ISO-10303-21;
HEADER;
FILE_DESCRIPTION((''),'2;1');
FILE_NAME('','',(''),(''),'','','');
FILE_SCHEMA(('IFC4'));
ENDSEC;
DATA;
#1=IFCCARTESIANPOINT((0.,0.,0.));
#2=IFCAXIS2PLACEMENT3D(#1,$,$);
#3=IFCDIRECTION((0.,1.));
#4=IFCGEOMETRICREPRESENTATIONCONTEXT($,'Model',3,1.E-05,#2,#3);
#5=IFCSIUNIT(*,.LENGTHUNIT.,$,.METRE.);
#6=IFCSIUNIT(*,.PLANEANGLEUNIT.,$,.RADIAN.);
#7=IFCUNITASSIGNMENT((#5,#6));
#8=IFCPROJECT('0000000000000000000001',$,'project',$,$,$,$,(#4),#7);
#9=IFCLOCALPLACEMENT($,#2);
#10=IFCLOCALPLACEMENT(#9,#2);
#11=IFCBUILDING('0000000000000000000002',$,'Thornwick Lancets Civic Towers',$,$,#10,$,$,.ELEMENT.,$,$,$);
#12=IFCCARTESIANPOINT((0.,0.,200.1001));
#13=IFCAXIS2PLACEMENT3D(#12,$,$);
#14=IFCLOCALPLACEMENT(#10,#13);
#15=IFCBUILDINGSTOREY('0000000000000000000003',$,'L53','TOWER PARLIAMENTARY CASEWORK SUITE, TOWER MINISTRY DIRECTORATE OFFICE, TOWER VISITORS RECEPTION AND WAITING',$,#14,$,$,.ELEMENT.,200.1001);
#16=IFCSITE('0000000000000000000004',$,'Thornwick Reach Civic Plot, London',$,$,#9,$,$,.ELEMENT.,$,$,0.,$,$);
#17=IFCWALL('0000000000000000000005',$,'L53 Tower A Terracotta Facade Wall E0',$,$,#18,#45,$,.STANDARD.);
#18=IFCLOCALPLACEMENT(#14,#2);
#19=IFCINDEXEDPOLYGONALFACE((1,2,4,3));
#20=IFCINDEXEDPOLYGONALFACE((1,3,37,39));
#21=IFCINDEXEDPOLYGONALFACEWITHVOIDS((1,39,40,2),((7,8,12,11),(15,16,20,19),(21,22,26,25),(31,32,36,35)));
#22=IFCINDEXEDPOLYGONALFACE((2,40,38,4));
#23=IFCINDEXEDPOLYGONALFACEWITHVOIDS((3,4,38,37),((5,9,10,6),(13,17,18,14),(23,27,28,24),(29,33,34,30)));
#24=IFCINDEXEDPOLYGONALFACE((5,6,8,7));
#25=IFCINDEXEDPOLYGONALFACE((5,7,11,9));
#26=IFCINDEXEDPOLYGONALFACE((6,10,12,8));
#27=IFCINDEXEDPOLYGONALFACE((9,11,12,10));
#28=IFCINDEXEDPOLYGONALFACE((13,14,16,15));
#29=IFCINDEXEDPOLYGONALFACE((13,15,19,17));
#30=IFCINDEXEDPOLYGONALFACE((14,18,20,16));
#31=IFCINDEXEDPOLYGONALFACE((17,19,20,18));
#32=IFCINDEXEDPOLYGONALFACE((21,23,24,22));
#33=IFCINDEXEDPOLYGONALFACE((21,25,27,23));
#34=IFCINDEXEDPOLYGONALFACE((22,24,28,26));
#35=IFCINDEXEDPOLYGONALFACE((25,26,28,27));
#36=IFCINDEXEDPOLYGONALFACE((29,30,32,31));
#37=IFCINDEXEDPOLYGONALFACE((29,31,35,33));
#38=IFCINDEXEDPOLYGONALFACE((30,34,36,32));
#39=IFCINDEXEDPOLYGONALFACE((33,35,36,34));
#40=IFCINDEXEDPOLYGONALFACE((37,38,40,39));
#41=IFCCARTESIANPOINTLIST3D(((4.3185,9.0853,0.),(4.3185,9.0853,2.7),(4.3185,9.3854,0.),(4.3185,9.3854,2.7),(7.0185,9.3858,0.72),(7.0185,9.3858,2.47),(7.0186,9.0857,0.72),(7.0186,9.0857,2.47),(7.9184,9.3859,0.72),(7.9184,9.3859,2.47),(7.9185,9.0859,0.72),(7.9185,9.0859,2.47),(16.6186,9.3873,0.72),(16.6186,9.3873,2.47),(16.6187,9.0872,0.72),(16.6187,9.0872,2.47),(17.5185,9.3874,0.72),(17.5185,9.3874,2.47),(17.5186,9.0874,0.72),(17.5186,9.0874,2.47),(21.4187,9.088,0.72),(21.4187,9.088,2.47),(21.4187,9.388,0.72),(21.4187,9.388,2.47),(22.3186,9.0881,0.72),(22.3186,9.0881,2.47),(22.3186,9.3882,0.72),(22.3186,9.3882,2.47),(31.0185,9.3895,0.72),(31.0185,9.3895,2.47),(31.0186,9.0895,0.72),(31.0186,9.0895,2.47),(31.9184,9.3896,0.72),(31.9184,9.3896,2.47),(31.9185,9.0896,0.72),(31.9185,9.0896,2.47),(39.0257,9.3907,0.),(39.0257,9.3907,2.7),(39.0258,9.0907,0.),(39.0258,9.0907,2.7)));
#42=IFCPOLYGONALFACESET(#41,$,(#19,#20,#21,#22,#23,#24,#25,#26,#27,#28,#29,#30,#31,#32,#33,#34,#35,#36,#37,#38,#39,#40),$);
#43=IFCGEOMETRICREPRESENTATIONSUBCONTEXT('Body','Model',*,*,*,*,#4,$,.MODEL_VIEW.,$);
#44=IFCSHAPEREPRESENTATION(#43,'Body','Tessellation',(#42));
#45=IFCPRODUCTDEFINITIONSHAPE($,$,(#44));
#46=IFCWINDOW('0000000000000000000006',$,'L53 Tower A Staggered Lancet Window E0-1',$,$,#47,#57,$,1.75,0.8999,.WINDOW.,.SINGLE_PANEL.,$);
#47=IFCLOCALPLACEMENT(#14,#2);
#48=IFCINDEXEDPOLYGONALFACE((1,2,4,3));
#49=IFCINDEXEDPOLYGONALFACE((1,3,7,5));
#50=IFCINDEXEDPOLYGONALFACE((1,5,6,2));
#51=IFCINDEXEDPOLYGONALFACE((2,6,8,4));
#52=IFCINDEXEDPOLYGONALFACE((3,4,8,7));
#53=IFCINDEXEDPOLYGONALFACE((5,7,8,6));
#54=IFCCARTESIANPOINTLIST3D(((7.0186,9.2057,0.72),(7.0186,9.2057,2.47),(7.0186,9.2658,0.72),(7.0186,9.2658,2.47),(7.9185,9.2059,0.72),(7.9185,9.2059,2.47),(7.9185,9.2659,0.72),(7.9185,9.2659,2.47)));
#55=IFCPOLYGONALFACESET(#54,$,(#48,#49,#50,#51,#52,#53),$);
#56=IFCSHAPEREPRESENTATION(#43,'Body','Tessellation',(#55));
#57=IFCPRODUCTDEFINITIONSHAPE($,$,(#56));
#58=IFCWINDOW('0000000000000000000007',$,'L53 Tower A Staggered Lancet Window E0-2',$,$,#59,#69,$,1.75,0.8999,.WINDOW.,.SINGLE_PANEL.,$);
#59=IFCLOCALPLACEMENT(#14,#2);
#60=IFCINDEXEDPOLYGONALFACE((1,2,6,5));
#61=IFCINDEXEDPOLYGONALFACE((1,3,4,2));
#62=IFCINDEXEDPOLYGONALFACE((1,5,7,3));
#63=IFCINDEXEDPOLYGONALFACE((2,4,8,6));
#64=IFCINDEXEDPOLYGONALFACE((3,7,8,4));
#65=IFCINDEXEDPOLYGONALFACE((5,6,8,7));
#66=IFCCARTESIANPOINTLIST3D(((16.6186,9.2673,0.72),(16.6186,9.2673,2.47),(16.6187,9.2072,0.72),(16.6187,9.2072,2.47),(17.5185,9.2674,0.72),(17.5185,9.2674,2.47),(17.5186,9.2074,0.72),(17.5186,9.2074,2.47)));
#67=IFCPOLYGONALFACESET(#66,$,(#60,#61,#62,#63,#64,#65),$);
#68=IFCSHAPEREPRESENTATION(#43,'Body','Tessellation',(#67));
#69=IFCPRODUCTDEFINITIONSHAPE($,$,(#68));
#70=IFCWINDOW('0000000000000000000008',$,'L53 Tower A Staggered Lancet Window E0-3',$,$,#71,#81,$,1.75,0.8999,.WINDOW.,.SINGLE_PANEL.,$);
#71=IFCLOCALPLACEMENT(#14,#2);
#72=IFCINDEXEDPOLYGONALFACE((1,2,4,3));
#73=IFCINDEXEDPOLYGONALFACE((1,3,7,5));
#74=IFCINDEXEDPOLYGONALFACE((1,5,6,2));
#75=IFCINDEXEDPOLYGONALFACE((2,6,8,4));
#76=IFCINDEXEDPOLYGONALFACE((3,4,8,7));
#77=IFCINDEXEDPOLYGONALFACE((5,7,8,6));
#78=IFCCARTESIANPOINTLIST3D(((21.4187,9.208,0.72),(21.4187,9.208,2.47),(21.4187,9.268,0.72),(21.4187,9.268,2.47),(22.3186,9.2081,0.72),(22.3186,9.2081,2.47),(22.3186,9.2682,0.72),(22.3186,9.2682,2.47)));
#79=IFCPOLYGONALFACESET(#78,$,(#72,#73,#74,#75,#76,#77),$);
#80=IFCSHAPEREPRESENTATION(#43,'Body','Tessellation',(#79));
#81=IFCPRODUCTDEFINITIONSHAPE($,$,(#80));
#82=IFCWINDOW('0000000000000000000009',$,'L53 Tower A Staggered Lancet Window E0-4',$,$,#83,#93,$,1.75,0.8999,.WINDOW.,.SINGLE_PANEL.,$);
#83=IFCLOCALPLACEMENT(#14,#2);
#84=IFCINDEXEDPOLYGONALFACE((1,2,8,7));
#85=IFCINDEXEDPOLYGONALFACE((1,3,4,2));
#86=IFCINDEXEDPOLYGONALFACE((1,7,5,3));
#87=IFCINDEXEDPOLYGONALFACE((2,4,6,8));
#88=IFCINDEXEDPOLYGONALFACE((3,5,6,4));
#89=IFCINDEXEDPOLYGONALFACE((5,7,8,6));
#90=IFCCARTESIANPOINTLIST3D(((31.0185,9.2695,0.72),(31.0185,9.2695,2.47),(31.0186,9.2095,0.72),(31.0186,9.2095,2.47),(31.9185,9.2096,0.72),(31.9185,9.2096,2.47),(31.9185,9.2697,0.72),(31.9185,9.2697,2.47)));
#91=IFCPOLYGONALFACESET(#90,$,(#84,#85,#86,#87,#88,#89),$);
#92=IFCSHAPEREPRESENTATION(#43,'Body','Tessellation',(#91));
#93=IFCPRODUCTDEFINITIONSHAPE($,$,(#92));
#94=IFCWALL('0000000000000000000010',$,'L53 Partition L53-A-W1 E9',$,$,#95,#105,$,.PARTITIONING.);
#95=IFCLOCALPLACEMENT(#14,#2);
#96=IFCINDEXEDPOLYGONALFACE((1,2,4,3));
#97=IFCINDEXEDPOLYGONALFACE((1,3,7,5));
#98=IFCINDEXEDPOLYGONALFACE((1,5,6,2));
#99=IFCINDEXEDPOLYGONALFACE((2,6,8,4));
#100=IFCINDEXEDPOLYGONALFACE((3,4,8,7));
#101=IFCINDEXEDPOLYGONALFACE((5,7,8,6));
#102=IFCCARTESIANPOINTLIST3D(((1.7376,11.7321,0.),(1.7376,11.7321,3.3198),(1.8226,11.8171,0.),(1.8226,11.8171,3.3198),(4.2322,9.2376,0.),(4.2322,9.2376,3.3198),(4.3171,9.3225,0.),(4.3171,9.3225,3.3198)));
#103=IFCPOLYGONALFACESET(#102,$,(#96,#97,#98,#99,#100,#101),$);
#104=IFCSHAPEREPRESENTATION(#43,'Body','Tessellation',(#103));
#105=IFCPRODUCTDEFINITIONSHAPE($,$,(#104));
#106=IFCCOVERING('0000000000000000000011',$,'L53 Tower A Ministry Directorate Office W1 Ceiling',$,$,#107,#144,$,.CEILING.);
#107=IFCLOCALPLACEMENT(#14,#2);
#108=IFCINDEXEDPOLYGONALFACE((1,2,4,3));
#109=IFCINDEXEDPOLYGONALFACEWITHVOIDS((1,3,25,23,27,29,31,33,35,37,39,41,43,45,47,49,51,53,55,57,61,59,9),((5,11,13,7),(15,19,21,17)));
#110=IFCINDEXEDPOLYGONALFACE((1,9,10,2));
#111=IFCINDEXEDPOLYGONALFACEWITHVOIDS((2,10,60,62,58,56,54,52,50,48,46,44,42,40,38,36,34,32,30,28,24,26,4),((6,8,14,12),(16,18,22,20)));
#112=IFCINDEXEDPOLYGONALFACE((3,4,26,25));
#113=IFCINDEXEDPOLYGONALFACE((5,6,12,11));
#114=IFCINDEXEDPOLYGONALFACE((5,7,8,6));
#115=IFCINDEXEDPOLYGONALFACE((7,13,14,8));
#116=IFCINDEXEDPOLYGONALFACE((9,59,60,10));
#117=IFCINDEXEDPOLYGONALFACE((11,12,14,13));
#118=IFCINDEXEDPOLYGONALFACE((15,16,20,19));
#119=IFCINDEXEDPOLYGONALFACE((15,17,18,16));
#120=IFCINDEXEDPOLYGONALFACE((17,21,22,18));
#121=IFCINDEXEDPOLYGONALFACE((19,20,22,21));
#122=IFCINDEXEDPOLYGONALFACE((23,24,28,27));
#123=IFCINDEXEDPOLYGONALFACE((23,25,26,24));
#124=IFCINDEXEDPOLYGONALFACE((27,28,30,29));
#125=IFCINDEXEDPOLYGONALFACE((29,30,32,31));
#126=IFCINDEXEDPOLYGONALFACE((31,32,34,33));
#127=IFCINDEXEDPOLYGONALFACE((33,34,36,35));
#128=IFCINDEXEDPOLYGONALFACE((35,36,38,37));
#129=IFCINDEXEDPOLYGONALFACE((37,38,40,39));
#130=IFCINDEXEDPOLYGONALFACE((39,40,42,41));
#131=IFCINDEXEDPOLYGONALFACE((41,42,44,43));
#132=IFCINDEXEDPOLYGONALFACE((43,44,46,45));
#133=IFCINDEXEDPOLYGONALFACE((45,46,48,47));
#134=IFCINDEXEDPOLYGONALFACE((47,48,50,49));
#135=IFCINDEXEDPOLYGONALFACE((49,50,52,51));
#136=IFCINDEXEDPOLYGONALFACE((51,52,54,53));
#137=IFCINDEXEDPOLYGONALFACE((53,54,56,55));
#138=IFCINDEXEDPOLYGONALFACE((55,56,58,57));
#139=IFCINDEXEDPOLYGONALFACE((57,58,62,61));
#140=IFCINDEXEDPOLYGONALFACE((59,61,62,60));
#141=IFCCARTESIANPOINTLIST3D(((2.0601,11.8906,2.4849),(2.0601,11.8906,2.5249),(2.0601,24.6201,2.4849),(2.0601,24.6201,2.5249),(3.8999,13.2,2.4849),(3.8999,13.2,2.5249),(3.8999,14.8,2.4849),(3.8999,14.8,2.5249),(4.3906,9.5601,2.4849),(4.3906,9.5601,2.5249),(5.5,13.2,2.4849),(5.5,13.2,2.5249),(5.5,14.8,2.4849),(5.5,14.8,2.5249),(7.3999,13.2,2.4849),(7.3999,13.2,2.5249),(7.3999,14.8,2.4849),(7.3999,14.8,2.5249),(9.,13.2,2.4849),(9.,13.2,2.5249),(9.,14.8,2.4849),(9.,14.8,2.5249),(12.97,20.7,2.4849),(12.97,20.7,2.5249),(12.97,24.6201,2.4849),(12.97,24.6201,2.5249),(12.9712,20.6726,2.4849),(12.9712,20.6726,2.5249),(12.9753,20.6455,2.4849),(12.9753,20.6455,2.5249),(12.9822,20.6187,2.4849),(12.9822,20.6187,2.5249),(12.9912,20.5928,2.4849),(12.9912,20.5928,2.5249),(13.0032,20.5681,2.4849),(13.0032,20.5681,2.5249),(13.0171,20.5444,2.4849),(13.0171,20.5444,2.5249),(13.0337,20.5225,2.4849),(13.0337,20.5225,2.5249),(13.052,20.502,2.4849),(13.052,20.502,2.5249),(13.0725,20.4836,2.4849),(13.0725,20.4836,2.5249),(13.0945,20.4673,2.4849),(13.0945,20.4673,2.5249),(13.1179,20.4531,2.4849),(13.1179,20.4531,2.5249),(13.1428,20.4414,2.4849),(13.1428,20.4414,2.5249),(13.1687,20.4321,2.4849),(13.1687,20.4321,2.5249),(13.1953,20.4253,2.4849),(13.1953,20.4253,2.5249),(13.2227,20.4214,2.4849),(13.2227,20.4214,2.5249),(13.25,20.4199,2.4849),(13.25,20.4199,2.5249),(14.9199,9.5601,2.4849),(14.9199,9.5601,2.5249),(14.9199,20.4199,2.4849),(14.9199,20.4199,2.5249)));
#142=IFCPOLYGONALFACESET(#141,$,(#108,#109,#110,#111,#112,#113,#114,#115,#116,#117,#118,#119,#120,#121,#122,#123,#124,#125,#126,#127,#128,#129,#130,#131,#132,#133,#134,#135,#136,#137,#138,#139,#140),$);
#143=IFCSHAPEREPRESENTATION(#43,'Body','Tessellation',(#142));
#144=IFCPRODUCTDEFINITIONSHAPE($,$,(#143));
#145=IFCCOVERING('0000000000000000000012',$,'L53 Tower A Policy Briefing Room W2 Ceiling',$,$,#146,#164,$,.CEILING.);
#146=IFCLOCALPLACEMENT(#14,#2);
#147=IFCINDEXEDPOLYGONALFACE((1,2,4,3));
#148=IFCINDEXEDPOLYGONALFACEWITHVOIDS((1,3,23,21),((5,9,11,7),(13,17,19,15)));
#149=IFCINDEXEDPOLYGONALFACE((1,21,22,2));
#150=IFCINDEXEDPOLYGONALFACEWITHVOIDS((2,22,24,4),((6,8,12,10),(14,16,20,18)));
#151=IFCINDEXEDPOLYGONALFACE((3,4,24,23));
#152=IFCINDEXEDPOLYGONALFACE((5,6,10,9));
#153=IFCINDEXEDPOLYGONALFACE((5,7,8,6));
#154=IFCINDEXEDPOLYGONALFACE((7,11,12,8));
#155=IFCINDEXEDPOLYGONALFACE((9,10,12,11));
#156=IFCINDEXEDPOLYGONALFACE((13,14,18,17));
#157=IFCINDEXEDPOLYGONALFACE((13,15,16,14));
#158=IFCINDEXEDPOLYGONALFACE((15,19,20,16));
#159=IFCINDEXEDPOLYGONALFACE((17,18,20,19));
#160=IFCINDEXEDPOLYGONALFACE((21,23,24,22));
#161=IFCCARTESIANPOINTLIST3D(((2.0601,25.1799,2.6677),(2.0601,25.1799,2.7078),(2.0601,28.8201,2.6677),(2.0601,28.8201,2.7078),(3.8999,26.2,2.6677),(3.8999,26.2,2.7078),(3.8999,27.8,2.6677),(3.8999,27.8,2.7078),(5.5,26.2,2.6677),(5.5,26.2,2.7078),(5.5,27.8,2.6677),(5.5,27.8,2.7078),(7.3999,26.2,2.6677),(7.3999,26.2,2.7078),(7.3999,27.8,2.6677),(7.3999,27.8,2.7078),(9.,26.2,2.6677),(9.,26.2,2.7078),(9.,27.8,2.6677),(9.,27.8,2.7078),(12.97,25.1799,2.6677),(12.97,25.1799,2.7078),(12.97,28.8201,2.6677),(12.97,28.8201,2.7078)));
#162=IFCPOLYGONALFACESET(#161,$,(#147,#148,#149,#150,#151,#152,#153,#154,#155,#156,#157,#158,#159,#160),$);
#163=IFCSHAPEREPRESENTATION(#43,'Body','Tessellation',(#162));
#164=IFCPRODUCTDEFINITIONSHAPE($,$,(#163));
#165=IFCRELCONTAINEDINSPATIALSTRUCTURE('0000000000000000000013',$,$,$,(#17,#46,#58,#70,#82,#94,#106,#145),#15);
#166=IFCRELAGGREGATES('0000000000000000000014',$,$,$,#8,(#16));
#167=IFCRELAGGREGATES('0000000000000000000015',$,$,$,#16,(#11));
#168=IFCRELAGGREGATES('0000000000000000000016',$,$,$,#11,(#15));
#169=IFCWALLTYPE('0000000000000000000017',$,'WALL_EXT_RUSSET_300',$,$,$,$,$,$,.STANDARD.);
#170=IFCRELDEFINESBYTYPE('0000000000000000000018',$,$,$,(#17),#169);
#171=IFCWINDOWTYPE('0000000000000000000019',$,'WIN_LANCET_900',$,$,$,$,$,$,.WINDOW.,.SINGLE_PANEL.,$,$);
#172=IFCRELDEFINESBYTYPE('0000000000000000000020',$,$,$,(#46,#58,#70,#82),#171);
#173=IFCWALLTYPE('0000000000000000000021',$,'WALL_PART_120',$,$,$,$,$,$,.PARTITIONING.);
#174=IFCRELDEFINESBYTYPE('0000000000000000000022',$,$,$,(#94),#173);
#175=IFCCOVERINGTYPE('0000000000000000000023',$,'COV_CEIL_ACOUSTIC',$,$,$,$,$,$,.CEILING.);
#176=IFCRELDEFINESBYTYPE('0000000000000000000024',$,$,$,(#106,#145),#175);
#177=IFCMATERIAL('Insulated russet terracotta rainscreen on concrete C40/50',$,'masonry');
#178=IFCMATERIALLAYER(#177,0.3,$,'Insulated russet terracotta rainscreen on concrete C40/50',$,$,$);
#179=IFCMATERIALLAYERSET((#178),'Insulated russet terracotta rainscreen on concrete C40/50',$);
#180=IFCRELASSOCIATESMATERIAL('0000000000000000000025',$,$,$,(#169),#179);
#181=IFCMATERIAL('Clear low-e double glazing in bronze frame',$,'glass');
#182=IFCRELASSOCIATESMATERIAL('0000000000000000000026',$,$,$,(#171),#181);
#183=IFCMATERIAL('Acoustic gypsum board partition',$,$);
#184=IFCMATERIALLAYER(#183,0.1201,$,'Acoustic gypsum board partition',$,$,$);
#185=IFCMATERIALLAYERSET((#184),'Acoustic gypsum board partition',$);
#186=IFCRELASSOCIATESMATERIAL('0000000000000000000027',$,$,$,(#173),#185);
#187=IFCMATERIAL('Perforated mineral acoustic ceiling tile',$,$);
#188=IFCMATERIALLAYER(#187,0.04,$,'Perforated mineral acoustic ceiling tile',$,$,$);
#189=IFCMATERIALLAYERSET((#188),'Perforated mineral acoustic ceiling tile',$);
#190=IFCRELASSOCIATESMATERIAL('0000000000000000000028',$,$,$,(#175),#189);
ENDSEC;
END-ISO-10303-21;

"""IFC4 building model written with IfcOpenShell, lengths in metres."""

from ifc_helpers import new_model, si_unit, direction, frame, frame_2d, origin, place, context, subcontext, project, spatial, polyline, rectangle, outline, extrude, material, layer, layer_set, type_object, element, fill, save


model = new_model("IFC4")

# Units and contexts
model_context = context("Model", 3, precision=1e-05, world=origin(), true_north=direction((0.0, 1.0)))
body_context = subcontext(model_context, "Body", "Model", "MODEL_VIEW")
ifc_project = project(units=[si_unit("LENGTHUNIT", "METRE"), si_unit("PLANEANGLEUNIT", "RADIAN")], contexts=[model_context])

# Site, building, storey
site_placement = place(None, origin())
site = spatial("IfcSite", under=ifc_project, at=site_placement, Name="Thornwick Reach Civic Plot, London", CompositionType="ELEMENT", RefElevation=0.0)
building_placement = place(site_placement, origin())
building = spatial("IfcBuilding", under=site, at=building_placement, Name="Thornwick Lancets Civic Towers", CompositionType="ELEMENT")
storey_placement = place(building_placement, frame((0.0, 0.0, 200.1001)))
storey = spatial("IfcBuildingStorey", under=building, at=storey_placement, Name="L53", Description="TOWER PARLIAMENTARY CASEWORK SUITE, TOWER MINISTRY DIRECTORATE OFFICE, TOWER VISITORS RECEPTION AND WAITING", CompositionType="ELEMENT", Elevation=200.1001)

# Wall, openings, windows
ifc_material_1 = material(Name="Insulated russet terracotta rainscreen on concrete C40/50", Category="masonry")
ifc_layer_1 = layer(ifc_material_1, 0.3, Name="Insulated russet terracotta rainscreen on concrete C40/50")
ifc_layer_set_1 = layer_set([ifc_layer_1], Name="Insulated russet terracotta rainscreen on concrete C40/50")
wall_type_1 = type_object("IfcWallType", Name="WALL_EXT_RUSSET_300", PredefinedType="STANDARD", material=ifc_layer_set_1)
wall_1_placement = place(storey_placement, frame((4.3186, 9.2354, 0.0), z_axis=(0.0, 0.0, 1.0), x_axis=(1.0, 0.000155, 0.0)))
wall_1 = element("IfcWall", 1, at=wall_1_placement, inside=storey, type_object=wall_type_1, Name="L53 Tower A Terracotta Facade Wall E0", PredefinedType="STANDARD", context=body_context, shape_type="SweptSolid", body=[
    extrude(rectangle(XDim=34.7073, YDim=0.3, at=frame_2d((17.3535, 0.0))), origin(), (0.0, 0.0, 1.0), 2.7),
])
opening_1_placement = place(wall_1_placement, frame((2.7, 0.0, 0.72)))
opening_1 = element("IfcOpeningElement", 2, at=opening_1_placement, cuts=wall_1, PredefinedType="OPENING", context=body_context, shape_type="SweptSolid", body=[
    extrude(rectangle(XDim=0.8999, YDim=1.75, at=frame_2d((0.45, 0.875))), frame((0.0, 0.1602, 0.0), z_axis=(0.0, -1.0, 0.0), x_axis=(1.0, 0.0, 0.0)), (0.0, 0.0, 1.0), 0.3201),
])
opening_2_placement = place(wall_1_placement, frame((12.3, 0.0, 0.72)))
opening_2 = element("IfcOpeningElement", 3, at=opening_2_placement, cuts=wall_1, PredefinedType="OPENING", context=body_context, shape_type="SweptSolid", body=[
    extrude(rectangle(XDim=0.8999, YDim=1.75, at=frame_2d((0.45, 0.875))), frame((0.0, 0.1602, 0.0), z_axis=(0.0, -1.0, 0.0), x_axis=(1.0, 0.0, 0.0)), (0.0, 0.0, 1.0), 0.3201),
])
opening_3_placement = place(wall_1_placement, frame((17.1001, 0.0, 0.72)))
opening_3 = element("IfcOpeningElement", 4, at=opening_3_placement, cuts=wall_1, PredefinedType="OPENING", context=body_context, shape_type="SweptSolid", body=[
    extrude(rectangle(XDim=0.8999, YDim=1.75, at=frame_2d((0.45, 0.875))), frame((0.0, 0.1602, 0.0), z_axis=(0.0, -1.0, 0.0), x_axis=(1.0, 0.0, 0.0)), (0.0, 0.0, 1.0), 0.3201),
])
opening_4_placement = place(wall_1_placement, frame((26.7, 0.0, 0.72)))
opening_4 = element("IfcOpeningElement", 5, at=opening_4_placement, cuts=wall_1, PredefinedType="OPENING", context=body_context, shape_type="SweptSolid", body=[
    extrude(rectangle(XDim=0.8999, YDim=1.75, at=frame_2d((0.45, 0.875))), frame((0.0, 0.1602, 0.0), z_axis=(0.0, -1.0, 0.0), x_axis=(1.0, 0.0, 0.0)), (0.0, 0.0, 1.0), 0.3201),
])
ifc_material_2 = material(Name="Clear low-e double glazing in bronze frame", Category="glass")
window_type = type_object("IfcWindowType", Name="WIN_LANCET_900", PartitioningType="SINGLE_PANEL", PredefinedType="WINDOW", material=ifc_material_2)
window_1_placement = place(opening_1_placement, origin())
window_1 = element("IfcWindow", 6, at=window_1_placement, inside=storey, type_object=window_type, Name="L53 Tower A Staggered Lancet Window E0-1", OverallHeight=1.75, OverallWidth=0.8999, PartitioningType="SINGLE_PANEL", PredefinedType="WINDOW", context=body_context, shape_type="SweptSolid", body=[
    extrude(rectangle(XDim=0.8999, YDim=1.75, at=frame_2d((0.45, 0.875))), frame((0.0, 0.03, 0.0), z_axis=(0.0, -1.0, 0.0), x_axis=(1.0, 0.0, 0.0)), (0.0, 0.0, 1.0), 0.0601),
])
fill(opening_1, window_1)
window_2_placement = place(opening_2_placement, origin())
window_2 = element("IfcWindow", 7, at=window_2_placement, inside=storey, type_object=window_type, Name="L53 Tower A Staggered Lancet Window E0-2", OverallHeight=1.75, OverallWidth=0.8999, PartitioningType="SINGLE_PANEL", PredefinedType="WINDOW", context=body_context, shape_type="SweptSolid", body=[
    extrude(rectangle(XDim=0.8999, YDim=1.75, at=frame_2d((0.45, 0.875))), frame((0.0, 0.03, 0.0), z_axis=(0.0, -1.0, 0.0), x_axis=(1.0, 0.0, 0.0)), (0.0, 0.0, 1.0), 0.0601),
])
fill(opening_2, window_2)
window_3_placement = place(opening_3_placement, origin())
window_3 = element("IfcWindow", 8, at=window_3_placement, inside=storey, type_object=window_type, Name="L53 Tower A Staggered Lancet Window E0-3", OverallHeight=1.75, OverallWidth=0.8999, PartitioningType="SINGLE_PANEL", PredefinedType="WINDOW", context=body_context, shape_type="SweptSolid", body=[
    extrude(rectangle(XDim=0.8999, YDim=1.75, at=frame_2d((0.45, 0.875))), frame((0.0, 0.03, 0.0), z_axis=(0.0, -1.0, 0.0), x_axis=(1.0, 0.0, 0.0)), (0.0, 0.0, 1.0), 0.0601),
])
fill(opening_3, window_3)
window_4_placement = place(opening_4_placement, origin())
window_4 = element("IfcWindow", 9, at=window_4_placement, inside=storey, type_object=window_type, Name="L53 Tower A Staggered Lancet Window E0-4", OverallHeight=1.75, OverallWidth=0.8999, PartitioningType="SINGLE_PANEL", PredefinedType="WINDOW", context=body_context, shape_type="SweptSolid", body=[
    extrude(rectangle(XDim=0.8999, YDim=1.75, at=frame_2d((0.45, 0.875))), frame((0.0, 0.03, 0.0), z_axis=(0.0, -1.0, 0.0), x_axis=(1.0, 0.0, 0.0)), (0.0, 0.0, 1.0), 0.0601),
])
fill(opening_4, window_4)

# Wall
ifc_material_3 = material(Name="Acoustic gypsum board partition")
ifc_layer_2 = layer(ifc_material_3, 0.1201, Name="Acoustic gypsum board partition")
ifc_layer_set_2 = layer_set([ifc_layer_2], Name="Acoustic gypsum board partition")
wall_type_2 = type_object("IfcWallType", Name="WALL_PART_120", PredefinedType="PARTITIONING", material=ifc_layer_set_2)
wall_2_placement = place(storey_placement, frame((4.2747, 9.28, 0.0), z_axis=(0.0, 0.0, 1.0), x_axis=(-0.707107, 0.707107, 0.0)))
element("IfcWall", 10, at=wall_2_placement, inside=storey, type_object=wall_type_2, Name="L53 Partition L53-A-W1 E9", PredefinedType="PARTITIONING", context=body_context, shape_type="SweptSolid", body=[
    extrude(rectangle(XDim=3.5278, YDim=0.1201, at=frame_2d((1.7639, 0.0))), origin(), (0.0, 0.0, 1.0), 3.3198),
])

# Coverings
ifc_material_4 = material(Name="Perforated mineral acoustic ceiling tile")
ifc_layer_3 = layer(ifc_material_4, 0.04, Name="Perforated mineral acoustic ceiling tile")
ifc_layer_set_3 = layer_set([ifc_layer_3], Name="Perforated mineral acoustic ceiling tile")
covering_type_1 = type_object("IfcCoveringType", Name="COV_CEIL_ACOUSTIC", PredefinedType="CEILING", material=ifc_layer_set_3)
covering_1_placement = place(storey_placement, frame((0.0, 0.0, 2.4849)))
element("IfcCovering", 11, at=covering_1_placement, inside=storey, type_object=covering_type_1, Name="L53 Tower A Ministry Directorate Office W1 Ceiling", PredefinedType="CEILING", context=body_context, shape_type="SweptSolid", body=[
    extrude(outline(polyline([(2.0601, 11.8906), (2.0601, 24.6201), (12.97, 24.6201), (12.97, 20.7), (12.9712, 20.6726), (12.9753, 20.6455), (12.9822, 20.6187), (12.9912, 20.5928), (13.0032, 20.5681), (13.0171, 20.5444), (13.0337, 20.5225), (13.052, 20.502), (13.0725, 20.4836), (13.0945, 20.4673), (13.1179, 20.4531), (13.1428, 20.4414), (13.1687, 20.4321), (13.1953, 20.4253), (13.2227, 20.4214), (13.25, 20.4199), (14.9199, 20.4199), (14.9199, 9.5601), (4.3906, 9.5601), (2.0601, 11.8906)]), holes=[polyline([(7.3999, 13.2), (9.0, 13.2), (9.0, 14.8), (7.3999, 14.8), (7.3999, 13.2)]), polyline([(3.8999, 13.2), (5.5, 13.2), (5.5, 14.8), (3.8999, 14.8), (3.8999, 13.2)])]), origin(), (0.0, 0.0, 1.0), 0.04),
])
covering_2_placement = place(storey_placement, frame((0.0, 0.0, 2.6677)))
element("IfcCovering", 12, at=covering_2_placement, inside=storey, type_object=covering_type_1, Name="L53 Tower A Policy Briefing Room W2 Ceiling", PredefinedType="CEILING", context=body_context, shape_type="SweptSolid", body=[
    extrude(outline(polyline([(12.97, 25.1799), (2.0601, 25.1799), (2.0601, 28.8201), (12.97, 28.8201), (12.97, 25.1799)]), holes=[polyline([(7.3999, 26.2), (9.0, 26.2), (9.0, 27.8), (7.3999, 27.8), (7.3999, 26.2)]), polyline([(3.8999, 26.2), (5.5, 26.2), (5.5, 27.8), (3.8999, 27.8), (3.8999, 26.2)])]), origin(), (0.0, 0.0, 1.0), 0.04),
])

save(model, "model.ifc")
